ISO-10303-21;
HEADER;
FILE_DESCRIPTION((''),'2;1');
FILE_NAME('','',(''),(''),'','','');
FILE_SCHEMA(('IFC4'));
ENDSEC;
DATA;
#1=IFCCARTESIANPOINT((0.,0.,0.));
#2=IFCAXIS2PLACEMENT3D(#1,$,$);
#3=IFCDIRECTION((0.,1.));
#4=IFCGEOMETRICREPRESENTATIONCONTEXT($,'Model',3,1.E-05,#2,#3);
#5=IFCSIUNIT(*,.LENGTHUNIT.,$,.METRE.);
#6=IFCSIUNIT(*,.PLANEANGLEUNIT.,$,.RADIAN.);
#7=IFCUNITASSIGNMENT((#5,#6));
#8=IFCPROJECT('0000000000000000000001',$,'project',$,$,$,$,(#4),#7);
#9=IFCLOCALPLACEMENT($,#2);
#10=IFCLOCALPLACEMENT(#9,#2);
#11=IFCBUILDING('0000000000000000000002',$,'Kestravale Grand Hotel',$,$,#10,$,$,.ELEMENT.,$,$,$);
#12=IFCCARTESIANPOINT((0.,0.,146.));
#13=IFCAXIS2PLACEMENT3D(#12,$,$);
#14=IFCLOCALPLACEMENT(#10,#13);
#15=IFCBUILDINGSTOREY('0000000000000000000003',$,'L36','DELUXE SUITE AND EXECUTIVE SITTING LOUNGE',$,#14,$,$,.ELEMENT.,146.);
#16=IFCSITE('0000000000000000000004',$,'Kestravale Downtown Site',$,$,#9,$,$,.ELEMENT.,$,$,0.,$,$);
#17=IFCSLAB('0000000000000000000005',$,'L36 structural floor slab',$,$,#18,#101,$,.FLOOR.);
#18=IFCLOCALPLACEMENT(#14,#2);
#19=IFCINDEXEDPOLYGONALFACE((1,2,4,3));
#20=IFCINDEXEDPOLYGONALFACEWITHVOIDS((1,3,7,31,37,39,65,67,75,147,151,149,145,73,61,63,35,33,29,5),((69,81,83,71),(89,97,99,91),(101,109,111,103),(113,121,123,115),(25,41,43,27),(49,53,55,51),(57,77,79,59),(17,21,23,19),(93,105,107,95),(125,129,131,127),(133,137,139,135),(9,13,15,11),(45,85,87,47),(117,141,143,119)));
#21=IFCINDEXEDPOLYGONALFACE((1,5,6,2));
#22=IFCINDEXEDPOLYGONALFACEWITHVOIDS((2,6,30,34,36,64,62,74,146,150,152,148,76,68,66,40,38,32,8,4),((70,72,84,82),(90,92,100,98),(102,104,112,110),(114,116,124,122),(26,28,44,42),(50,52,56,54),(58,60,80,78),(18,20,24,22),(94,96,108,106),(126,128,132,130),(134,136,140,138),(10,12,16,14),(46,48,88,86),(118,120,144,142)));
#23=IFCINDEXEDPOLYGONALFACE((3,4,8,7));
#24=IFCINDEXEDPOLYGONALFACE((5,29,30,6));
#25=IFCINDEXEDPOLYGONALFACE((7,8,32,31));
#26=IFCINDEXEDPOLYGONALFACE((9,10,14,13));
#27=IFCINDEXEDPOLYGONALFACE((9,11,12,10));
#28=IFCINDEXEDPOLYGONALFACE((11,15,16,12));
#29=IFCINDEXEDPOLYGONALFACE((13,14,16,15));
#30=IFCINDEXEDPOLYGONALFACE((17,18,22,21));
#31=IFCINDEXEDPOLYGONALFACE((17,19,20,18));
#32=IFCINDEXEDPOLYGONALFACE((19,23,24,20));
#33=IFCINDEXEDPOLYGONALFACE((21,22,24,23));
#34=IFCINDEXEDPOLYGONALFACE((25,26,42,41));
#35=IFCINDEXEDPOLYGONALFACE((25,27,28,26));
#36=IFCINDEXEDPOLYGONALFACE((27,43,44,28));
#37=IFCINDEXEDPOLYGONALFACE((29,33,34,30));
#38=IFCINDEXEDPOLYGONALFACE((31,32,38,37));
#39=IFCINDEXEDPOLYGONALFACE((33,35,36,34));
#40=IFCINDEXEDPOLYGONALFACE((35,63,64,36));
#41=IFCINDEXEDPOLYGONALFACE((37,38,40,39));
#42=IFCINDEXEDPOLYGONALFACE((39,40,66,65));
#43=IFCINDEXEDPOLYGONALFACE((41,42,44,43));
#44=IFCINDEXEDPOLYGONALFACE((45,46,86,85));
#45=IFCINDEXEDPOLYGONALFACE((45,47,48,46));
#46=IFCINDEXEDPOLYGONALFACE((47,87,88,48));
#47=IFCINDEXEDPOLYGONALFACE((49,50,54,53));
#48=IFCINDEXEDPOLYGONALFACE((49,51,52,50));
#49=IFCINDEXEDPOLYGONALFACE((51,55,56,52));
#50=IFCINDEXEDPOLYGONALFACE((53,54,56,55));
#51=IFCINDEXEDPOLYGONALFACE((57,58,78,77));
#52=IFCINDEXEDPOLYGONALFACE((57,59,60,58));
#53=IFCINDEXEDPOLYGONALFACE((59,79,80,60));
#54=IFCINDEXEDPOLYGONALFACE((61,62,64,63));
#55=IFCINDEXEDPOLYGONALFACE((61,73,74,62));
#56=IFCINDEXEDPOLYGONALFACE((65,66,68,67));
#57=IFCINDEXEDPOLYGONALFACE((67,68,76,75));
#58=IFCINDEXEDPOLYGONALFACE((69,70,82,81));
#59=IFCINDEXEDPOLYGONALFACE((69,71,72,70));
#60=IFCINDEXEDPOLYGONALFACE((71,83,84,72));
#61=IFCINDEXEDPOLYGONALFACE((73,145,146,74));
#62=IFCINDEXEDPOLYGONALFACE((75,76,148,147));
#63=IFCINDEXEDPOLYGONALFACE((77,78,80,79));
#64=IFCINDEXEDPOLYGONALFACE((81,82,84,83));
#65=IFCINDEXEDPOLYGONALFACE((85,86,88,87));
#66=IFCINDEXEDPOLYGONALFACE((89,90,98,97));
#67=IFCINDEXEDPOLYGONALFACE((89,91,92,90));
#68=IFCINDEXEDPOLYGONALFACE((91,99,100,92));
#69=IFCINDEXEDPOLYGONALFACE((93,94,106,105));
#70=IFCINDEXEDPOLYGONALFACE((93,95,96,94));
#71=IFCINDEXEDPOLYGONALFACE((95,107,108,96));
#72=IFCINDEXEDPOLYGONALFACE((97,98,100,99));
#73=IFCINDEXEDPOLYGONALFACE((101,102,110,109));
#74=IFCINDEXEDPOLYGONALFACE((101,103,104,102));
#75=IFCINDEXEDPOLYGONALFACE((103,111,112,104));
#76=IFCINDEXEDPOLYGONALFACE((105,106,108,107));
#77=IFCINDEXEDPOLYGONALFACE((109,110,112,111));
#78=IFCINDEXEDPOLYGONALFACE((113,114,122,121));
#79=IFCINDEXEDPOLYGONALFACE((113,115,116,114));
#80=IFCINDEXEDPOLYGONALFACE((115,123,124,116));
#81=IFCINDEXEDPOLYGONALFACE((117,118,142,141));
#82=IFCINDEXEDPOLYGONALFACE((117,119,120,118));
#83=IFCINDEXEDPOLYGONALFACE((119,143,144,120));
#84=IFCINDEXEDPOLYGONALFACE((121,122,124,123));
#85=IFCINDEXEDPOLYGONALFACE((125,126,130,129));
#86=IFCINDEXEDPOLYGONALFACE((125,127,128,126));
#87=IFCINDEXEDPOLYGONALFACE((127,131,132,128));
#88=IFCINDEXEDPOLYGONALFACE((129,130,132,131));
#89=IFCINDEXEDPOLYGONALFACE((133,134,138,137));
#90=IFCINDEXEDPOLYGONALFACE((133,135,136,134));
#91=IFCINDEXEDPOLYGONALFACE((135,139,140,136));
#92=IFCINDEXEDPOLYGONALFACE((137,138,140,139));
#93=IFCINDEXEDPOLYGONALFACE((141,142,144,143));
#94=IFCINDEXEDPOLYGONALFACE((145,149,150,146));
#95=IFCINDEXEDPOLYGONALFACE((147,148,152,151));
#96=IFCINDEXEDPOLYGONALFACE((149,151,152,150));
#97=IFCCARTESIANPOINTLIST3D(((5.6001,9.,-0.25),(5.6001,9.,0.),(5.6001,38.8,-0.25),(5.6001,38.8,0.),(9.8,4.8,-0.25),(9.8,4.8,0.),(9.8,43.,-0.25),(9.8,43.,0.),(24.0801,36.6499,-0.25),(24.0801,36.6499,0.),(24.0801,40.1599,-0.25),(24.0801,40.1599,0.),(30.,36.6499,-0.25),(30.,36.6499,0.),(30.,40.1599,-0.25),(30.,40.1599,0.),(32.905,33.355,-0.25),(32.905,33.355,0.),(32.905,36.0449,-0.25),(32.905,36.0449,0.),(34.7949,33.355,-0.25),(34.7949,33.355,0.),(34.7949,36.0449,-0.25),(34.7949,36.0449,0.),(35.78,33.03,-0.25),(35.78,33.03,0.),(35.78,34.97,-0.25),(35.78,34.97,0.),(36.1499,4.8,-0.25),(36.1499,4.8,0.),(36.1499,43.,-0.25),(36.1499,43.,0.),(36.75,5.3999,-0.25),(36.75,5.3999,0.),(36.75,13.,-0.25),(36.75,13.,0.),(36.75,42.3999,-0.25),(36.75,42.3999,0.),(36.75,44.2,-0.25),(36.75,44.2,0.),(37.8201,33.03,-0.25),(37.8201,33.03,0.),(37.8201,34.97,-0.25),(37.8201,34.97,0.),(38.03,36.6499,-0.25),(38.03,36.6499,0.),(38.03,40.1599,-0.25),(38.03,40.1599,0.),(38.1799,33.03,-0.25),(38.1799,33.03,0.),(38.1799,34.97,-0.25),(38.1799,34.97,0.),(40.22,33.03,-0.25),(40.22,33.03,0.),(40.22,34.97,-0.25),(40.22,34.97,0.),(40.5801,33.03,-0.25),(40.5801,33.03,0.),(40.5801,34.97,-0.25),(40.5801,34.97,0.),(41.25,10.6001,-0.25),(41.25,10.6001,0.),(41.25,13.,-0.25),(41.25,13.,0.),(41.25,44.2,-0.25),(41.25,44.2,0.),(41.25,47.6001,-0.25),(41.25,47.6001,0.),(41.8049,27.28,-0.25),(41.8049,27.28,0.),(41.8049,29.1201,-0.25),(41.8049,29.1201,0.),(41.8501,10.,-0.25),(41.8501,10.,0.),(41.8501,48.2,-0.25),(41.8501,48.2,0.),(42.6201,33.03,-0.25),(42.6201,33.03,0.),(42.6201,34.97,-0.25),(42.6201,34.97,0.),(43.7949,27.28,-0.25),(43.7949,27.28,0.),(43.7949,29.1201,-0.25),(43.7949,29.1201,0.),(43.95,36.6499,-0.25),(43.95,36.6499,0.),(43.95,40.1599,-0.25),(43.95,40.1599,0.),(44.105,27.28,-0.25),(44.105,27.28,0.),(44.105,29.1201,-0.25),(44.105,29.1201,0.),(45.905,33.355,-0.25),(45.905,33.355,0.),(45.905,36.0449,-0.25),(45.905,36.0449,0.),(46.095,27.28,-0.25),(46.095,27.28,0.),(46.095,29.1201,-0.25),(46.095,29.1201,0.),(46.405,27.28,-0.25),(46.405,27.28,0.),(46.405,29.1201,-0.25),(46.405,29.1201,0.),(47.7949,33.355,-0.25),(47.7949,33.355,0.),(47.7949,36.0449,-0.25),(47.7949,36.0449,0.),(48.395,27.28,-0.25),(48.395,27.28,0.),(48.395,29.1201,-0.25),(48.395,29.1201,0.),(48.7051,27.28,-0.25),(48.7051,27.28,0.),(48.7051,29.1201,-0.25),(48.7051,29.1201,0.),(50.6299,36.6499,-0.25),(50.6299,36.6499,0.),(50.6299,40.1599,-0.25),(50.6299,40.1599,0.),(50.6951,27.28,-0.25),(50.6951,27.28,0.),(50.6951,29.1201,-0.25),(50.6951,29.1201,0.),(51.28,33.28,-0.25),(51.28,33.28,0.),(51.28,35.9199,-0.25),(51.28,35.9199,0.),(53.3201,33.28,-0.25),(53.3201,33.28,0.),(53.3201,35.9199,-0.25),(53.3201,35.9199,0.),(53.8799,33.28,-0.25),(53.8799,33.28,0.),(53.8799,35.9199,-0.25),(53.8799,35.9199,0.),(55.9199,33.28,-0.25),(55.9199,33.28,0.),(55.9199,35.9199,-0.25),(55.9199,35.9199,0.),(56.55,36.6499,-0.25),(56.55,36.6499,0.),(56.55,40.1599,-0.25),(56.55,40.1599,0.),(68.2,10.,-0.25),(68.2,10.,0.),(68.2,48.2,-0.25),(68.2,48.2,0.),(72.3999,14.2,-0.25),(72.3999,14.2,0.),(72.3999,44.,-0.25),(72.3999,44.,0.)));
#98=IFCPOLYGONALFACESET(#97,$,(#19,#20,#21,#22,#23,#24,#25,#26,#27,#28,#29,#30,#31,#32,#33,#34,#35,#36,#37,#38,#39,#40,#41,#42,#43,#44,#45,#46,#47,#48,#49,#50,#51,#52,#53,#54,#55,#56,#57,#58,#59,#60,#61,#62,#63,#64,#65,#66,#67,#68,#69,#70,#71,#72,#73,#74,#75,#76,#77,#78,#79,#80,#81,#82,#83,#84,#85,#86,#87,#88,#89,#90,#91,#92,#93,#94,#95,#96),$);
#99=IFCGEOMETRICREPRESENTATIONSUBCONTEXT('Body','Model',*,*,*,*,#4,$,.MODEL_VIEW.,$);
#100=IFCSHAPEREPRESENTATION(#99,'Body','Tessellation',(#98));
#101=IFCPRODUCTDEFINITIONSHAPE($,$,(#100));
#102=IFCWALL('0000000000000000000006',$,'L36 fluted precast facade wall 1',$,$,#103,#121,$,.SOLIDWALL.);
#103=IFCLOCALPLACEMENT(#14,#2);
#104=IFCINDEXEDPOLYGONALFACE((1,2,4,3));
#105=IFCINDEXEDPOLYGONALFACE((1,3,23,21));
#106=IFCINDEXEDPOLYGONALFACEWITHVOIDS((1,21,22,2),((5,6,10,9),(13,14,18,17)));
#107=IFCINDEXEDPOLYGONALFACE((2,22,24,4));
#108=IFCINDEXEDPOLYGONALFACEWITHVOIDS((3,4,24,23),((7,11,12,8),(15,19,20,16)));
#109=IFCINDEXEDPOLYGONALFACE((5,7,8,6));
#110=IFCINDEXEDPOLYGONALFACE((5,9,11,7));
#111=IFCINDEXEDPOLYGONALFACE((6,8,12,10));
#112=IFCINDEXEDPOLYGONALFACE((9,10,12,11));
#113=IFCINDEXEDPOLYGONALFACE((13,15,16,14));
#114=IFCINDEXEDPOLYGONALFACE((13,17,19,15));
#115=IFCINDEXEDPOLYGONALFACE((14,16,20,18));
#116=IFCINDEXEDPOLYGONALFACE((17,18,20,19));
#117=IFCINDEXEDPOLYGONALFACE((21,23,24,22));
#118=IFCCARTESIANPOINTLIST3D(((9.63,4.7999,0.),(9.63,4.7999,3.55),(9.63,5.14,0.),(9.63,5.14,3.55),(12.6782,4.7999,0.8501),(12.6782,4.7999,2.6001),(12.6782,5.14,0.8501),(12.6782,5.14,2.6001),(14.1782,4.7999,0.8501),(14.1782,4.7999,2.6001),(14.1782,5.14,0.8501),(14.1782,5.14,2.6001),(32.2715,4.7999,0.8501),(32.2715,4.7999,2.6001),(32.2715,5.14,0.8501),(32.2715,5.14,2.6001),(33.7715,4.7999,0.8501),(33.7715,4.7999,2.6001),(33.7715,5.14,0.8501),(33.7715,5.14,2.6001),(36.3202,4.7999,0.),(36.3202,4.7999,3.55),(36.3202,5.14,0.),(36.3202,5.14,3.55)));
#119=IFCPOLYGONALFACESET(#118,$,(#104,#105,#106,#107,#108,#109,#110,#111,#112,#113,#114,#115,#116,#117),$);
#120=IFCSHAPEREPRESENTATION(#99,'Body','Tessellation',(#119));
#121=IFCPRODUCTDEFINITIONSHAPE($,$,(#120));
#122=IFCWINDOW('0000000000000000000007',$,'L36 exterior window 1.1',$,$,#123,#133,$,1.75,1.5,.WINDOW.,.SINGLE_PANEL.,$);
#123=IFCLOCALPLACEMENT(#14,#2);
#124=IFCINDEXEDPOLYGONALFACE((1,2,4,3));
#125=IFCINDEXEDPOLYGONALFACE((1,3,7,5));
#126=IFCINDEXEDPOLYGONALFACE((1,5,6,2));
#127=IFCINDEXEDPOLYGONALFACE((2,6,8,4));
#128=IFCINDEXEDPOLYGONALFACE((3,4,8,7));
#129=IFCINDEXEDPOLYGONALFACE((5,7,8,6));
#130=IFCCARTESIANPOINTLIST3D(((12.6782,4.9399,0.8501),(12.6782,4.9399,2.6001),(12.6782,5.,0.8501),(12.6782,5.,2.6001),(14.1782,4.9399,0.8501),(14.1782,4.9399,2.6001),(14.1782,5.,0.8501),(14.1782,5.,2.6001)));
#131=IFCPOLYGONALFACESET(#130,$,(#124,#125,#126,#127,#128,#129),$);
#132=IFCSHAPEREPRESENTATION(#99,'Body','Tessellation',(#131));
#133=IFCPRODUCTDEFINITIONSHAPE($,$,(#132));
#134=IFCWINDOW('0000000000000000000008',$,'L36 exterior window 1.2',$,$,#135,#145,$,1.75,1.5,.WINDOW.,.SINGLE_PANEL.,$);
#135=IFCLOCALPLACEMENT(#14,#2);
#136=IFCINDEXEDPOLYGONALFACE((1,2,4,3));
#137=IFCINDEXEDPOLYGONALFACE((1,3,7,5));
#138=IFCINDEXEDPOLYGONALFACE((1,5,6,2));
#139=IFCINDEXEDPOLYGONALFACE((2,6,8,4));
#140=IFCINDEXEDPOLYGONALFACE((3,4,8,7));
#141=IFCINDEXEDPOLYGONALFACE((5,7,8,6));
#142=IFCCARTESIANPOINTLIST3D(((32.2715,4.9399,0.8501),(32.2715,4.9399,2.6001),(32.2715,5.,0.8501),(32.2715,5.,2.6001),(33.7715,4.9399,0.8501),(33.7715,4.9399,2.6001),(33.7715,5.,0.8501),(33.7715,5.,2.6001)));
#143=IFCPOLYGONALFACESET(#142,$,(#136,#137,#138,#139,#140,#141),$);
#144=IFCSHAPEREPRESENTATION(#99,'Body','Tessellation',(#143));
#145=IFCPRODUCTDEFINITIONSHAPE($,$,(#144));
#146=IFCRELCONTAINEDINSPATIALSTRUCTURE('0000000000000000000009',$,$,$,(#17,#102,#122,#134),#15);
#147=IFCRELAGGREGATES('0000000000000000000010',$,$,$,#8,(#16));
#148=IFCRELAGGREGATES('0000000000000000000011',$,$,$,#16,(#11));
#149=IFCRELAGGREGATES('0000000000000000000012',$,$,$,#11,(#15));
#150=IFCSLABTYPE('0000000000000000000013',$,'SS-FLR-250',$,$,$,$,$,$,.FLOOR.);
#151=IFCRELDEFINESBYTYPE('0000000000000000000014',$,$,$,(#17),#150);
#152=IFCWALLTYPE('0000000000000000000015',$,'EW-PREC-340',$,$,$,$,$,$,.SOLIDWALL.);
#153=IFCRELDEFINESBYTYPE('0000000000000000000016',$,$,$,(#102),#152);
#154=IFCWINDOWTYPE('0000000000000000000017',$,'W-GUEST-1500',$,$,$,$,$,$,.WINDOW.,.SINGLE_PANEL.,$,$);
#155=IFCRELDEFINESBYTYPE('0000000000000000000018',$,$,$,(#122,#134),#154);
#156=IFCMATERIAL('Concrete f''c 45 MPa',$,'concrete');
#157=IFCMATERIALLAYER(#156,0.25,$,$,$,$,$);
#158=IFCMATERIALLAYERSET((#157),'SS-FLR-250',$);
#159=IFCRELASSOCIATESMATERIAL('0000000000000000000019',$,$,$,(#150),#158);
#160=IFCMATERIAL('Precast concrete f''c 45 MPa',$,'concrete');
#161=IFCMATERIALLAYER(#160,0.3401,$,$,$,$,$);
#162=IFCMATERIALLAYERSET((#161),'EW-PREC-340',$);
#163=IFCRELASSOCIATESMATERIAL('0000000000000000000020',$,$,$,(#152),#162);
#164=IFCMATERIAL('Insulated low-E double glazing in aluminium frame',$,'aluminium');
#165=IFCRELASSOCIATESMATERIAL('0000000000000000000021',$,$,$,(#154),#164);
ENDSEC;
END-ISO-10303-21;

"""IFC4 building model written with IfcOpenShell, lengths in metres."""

from ifc_helpers import new_model, si_unit, direction, frame, frame_2d, origin, place, context, subcontext, project, spatial, polyline, rectangle, outline, extrude, material, layer, layer_set, type_object, element, fill, save


model = new_model("IFC4")

# Units and contexts
model_context = context("Model", 3, precision=1e-05, world=origin(), true_north=direction((0.0, 1.0)))
body_context = subcontext(model_context, "Body", "Model", "MODEL_VIEW")
ifc_project = project(units=[si_unit("LENGTHUNIT", "METRE"), si_unit("PLANEANGLEUNIT", "RADIAN")], contexts=[model_context])

# Site, building, storey
site_placement = place(None, origin())
site = spatial("IfcSite", under=ifc_project, at=site_placement, Name="Kestravale Downtown Site", CompositionType="ELEMENT", RefElevation=0.0)
building_placement = place(site_placement, origin())
building = spatial("IfcBuilding", under=site, at=building_placement, Name="Kestravale Grand Hotel", CompositionType="ELEMENT")
storey_placement = place(building_placement, frame((0.0, 0.0, 146.0)))
storey = spatial("IfcBuildingStorey", under=building, at=storey_placement, Name="L36", Description="DELUXE SUITE AND EXECUTIVE SITTING LOUNGE", CompositionType="ELEMENT", Elevation=146.0)

# Slab
ifc_material_1 = material(Name="Concrete f'c 45 MPa", Category="concrete")
ifc_layer_1 = layer(ifc_material_1, 0.25)
ifc_layer_set_1 = layer_set([ifc_layer_1], Name="SS-FLR-250")
slab_type_1 = type_object("IfcSlabType", Name="SS-FLR-250", PredefinedType="FLOOR", material=ifc_layer_set_1)
slab_1_placement = place(storey_placement, frame((0.0, 0.0, -0.25)))
element("IfcSlab", 1, at=slab_1_placement, inside=storey, type_object=slab_type_1, Name="L36 structural floor slab", PredefinedType="FLOOR", context=body_context, shape_type="SweptSolid", body=[
    extrude(outline(polyline([(9.8, 4.8), (36.1499, 4.8), (36.75, 5.3999), (36.75, 13.0), (41.25, 13.0), (41.25, 10.6001), (41.8501, 10.0), (68.2, 10.0), (72.3999, 14.2), (72.3999, 44.0), (68.2, 48.2), (41.8501, 48.2), (41.25, 47.6001), (41.25, 44.2), (36.75, 44.2), (36.75, 42.3999), (36.1499, 43.0), (9.8, 43.0), (5.6001, 38.8), (5.6001, 9.0), (9.8, 4.8)]), holes=[polyline([(24.0801, 36.6499), (30.0, 36.6499), (30.0, 40.1599), (24.0801, 40.1599), (24.0801, 36.6499)]), polyline([(38.03, 36.6499), (43.95, 36.6499), (43.95, 40.1599), (38.03, 40.1599), (38.03, 36.6499)]), polyline([(50.6299, 36.6499), (56.55, 36.6499), (56.55, 40.1599), (50.6299, 40.1599), (50.6299, 36.6499)]), polyline([(41.8049, 27.28), (43.7949, 27.28), (43.7949, 29.1201), (41.8049, 29.1201), (41.8049, 27.28)]), polyline([(44.105, 27.28), (46.095, 27.28), (46.095, 29.1201), (44.105, 29.1201), (44.105, 27.28)]), polyline([(46.405, 27.28), (48.395, 27.28), (48.395, 29.1201), (46.405, 29.1201), (46.405, 27.28)]), polyline([(48.7051, 27.28), (50.6951, 27.28), (50.6951, 29.1201), (48.7051, 29.1201), (48.7051, 27.28)]), polyline([(35.78, 33.03), (37.8201, 33.03), (37.8201, 34.97), (35.78, 34.97), (35.78, 33.03)]), polyline([(38.1799, 33.03), (40.22, 33.03), (40.22, 34.97), (38.1799, 34.97), (38.1799, 33.03)]), polyline([(40.5801, 33.03), (42.6201, 33.03), (42.6201, 34.97), (40.5801, 34.97), (40.5801, 33.03)]), polyline([(32.905, 33.355), (34.7949, 33.355), (34.7949, 36.0449), (32.905, 36.0449), (32.905, 33.355)]), polyline([(45.905, 33.355), (47.7949, 33.355), (47.7949, 36.0449), (45.905, 36.0449), (45.905, 33.355)]), polyline([(51.28, 33.28), (53.3201, 33.28), (53.3201, 35.9199), (51.28, 35.9199), (51.28, 33.28)]), polyline([(53.8799, 33.28), (55.9199, 33.28), (55.9199, 35.9199), (53.8799, 35.9199), (53.8799, 33.28)])]), origin(), (0.0, 0.0, 1.0), 0.25),
])

# Wall, openings, windows
ifc_material_2 = material(Name="Precast concrete f'c 45 MPa", Category="concrete")
ifc_layer_2 = layer(ifc_material_2, 0.3401)
ifc_layer_set_2 = layer_set([ifc_layer_2], Name="EW-PREC-340")
wall_type_1 = type_object("IfcWallType", Name="EW-PREC-340", PredefinedType="SOLIDWALL", material=ifc_layer_set_2)
wall_1_placement = place(storey_placement, frame((9.6299, 4.97, 0.0), z_axis=(0.0, 0.0, 1.0), x_axis=(1.0, 0.0, 0.0)))
wall_1 = element("IfcWall", 2, at=wall_1_placement, inside=storey, type_object=wall_type_1, Name="L36 fluted precast facade wall 1", PredefinedType="SOLIDWALL", context=body_context, shape_type="SweptSolid", body=[
    extrude(rectangle(XDim=26.6902, YDim=0.3401, at=frame_2d((13.3452, 0.0))), origin(), (0.0, 0.0, 1.0), 3.55),
])
opening_1_placement = place(wall_1_placement, frame((3.0483, 0.0, 0.8501)))
opening_1 = element("IfcOpeningElement", 3, at=opening_1_placement, cuts=wall_1, PredefinedType="OPENING", context=body_context, shape_type="SweptSolid", body=[
    extrude(rectangle(XDim=1.5, YDim=1.75, at=frame_2d((0.75, 0.875))), frame((0.0, 0.1799, 0.0), z_axis=(0.0, -1.0, 0.0), x_axis=(1.0, 0.0, 0.0)), (0.0, 0.0, 1.0), 0.3601),
])
opening_2_placement = place(wall_1_placement, frame((22.6416, 0.0, 0.8501)))
opening_2 = element("IfcOpeningElement", 4, at=opening_2_placement, cuts=wall_1, PredefinedType="OPENING", context=body_context, shape_type="SweptSolid", body=[
    extrude(rectangle(XDim=1.5, YDim=1.75, at=frame_2d((0.75, 0.875))), frame((0.0, 0.1799, 0.0), z_axis=(0.0, -1.0, 0.0), x_axis=(1.0, 0.0, 0.0)), (0.0, 0.0, 1.0), 0.3601),
])
ifc_material_3 = material(Name="Insulated low-E double glazing in aluminium frame", Category="aluminium")
window_type = type_object("IfcWindowType", Name="W-GUEST-1500", PartitioningType="SINGLE_PANEL", PredefinedType="WINDOW", material=ifc_material_3)
window_1_placement = place(opening_1_placement, origin())
window_1 = element("IfcWindow", 5, at=window_1_placement, inside=storey, type_object=window_type, Name="L36 exterior window 1.1", OverallHeight=1.75, OverallWidth=1.5, PartitioningType="SINGLE_PANEL", PredefinedType="WINDOW", context=body_context, shape_type="SweptSolid", body=[
    extrude(rectangle(XDim=1.5, YDim=1.75, at=frame_2d((0.75, 0.875))), frame((0.0, 0.03, 0.0), z_axis=(0.0, -1.0, 0.0), x_axis=(1.0, 0.0, 0.0)), (0.0, 0.0, 1.0), 0.0601),
])
fill(opening_1, window_1)
window_2_placement = place(opening_2_placement, origin())
window_2 = element("IfcWindow", 6, at=window_2_placement, inside=storey, type_object=window_type, Name="L36 exterior window 1.2", OverallHeight=1.75, OverallWidth=1.5, PartitioningType="SINGLE_PANEL", PredefinedType="WINDOW", context=body_context, shape_type="SweptSolid", body=[
    extrude(rectangle(XDim=1.5, YDim=1.75, at=frame_2d((0.75, 0.875))), frame((0.0, 0.03, 0.0), z_axis=(0.0, -1.0, 0.0), x_axis=(1.0, 0.0, 0.0)), (0.0, 0.0, 1.0), 0.0601),
])
fill(opening_2, window_2)

save(model, "model.ifc")
